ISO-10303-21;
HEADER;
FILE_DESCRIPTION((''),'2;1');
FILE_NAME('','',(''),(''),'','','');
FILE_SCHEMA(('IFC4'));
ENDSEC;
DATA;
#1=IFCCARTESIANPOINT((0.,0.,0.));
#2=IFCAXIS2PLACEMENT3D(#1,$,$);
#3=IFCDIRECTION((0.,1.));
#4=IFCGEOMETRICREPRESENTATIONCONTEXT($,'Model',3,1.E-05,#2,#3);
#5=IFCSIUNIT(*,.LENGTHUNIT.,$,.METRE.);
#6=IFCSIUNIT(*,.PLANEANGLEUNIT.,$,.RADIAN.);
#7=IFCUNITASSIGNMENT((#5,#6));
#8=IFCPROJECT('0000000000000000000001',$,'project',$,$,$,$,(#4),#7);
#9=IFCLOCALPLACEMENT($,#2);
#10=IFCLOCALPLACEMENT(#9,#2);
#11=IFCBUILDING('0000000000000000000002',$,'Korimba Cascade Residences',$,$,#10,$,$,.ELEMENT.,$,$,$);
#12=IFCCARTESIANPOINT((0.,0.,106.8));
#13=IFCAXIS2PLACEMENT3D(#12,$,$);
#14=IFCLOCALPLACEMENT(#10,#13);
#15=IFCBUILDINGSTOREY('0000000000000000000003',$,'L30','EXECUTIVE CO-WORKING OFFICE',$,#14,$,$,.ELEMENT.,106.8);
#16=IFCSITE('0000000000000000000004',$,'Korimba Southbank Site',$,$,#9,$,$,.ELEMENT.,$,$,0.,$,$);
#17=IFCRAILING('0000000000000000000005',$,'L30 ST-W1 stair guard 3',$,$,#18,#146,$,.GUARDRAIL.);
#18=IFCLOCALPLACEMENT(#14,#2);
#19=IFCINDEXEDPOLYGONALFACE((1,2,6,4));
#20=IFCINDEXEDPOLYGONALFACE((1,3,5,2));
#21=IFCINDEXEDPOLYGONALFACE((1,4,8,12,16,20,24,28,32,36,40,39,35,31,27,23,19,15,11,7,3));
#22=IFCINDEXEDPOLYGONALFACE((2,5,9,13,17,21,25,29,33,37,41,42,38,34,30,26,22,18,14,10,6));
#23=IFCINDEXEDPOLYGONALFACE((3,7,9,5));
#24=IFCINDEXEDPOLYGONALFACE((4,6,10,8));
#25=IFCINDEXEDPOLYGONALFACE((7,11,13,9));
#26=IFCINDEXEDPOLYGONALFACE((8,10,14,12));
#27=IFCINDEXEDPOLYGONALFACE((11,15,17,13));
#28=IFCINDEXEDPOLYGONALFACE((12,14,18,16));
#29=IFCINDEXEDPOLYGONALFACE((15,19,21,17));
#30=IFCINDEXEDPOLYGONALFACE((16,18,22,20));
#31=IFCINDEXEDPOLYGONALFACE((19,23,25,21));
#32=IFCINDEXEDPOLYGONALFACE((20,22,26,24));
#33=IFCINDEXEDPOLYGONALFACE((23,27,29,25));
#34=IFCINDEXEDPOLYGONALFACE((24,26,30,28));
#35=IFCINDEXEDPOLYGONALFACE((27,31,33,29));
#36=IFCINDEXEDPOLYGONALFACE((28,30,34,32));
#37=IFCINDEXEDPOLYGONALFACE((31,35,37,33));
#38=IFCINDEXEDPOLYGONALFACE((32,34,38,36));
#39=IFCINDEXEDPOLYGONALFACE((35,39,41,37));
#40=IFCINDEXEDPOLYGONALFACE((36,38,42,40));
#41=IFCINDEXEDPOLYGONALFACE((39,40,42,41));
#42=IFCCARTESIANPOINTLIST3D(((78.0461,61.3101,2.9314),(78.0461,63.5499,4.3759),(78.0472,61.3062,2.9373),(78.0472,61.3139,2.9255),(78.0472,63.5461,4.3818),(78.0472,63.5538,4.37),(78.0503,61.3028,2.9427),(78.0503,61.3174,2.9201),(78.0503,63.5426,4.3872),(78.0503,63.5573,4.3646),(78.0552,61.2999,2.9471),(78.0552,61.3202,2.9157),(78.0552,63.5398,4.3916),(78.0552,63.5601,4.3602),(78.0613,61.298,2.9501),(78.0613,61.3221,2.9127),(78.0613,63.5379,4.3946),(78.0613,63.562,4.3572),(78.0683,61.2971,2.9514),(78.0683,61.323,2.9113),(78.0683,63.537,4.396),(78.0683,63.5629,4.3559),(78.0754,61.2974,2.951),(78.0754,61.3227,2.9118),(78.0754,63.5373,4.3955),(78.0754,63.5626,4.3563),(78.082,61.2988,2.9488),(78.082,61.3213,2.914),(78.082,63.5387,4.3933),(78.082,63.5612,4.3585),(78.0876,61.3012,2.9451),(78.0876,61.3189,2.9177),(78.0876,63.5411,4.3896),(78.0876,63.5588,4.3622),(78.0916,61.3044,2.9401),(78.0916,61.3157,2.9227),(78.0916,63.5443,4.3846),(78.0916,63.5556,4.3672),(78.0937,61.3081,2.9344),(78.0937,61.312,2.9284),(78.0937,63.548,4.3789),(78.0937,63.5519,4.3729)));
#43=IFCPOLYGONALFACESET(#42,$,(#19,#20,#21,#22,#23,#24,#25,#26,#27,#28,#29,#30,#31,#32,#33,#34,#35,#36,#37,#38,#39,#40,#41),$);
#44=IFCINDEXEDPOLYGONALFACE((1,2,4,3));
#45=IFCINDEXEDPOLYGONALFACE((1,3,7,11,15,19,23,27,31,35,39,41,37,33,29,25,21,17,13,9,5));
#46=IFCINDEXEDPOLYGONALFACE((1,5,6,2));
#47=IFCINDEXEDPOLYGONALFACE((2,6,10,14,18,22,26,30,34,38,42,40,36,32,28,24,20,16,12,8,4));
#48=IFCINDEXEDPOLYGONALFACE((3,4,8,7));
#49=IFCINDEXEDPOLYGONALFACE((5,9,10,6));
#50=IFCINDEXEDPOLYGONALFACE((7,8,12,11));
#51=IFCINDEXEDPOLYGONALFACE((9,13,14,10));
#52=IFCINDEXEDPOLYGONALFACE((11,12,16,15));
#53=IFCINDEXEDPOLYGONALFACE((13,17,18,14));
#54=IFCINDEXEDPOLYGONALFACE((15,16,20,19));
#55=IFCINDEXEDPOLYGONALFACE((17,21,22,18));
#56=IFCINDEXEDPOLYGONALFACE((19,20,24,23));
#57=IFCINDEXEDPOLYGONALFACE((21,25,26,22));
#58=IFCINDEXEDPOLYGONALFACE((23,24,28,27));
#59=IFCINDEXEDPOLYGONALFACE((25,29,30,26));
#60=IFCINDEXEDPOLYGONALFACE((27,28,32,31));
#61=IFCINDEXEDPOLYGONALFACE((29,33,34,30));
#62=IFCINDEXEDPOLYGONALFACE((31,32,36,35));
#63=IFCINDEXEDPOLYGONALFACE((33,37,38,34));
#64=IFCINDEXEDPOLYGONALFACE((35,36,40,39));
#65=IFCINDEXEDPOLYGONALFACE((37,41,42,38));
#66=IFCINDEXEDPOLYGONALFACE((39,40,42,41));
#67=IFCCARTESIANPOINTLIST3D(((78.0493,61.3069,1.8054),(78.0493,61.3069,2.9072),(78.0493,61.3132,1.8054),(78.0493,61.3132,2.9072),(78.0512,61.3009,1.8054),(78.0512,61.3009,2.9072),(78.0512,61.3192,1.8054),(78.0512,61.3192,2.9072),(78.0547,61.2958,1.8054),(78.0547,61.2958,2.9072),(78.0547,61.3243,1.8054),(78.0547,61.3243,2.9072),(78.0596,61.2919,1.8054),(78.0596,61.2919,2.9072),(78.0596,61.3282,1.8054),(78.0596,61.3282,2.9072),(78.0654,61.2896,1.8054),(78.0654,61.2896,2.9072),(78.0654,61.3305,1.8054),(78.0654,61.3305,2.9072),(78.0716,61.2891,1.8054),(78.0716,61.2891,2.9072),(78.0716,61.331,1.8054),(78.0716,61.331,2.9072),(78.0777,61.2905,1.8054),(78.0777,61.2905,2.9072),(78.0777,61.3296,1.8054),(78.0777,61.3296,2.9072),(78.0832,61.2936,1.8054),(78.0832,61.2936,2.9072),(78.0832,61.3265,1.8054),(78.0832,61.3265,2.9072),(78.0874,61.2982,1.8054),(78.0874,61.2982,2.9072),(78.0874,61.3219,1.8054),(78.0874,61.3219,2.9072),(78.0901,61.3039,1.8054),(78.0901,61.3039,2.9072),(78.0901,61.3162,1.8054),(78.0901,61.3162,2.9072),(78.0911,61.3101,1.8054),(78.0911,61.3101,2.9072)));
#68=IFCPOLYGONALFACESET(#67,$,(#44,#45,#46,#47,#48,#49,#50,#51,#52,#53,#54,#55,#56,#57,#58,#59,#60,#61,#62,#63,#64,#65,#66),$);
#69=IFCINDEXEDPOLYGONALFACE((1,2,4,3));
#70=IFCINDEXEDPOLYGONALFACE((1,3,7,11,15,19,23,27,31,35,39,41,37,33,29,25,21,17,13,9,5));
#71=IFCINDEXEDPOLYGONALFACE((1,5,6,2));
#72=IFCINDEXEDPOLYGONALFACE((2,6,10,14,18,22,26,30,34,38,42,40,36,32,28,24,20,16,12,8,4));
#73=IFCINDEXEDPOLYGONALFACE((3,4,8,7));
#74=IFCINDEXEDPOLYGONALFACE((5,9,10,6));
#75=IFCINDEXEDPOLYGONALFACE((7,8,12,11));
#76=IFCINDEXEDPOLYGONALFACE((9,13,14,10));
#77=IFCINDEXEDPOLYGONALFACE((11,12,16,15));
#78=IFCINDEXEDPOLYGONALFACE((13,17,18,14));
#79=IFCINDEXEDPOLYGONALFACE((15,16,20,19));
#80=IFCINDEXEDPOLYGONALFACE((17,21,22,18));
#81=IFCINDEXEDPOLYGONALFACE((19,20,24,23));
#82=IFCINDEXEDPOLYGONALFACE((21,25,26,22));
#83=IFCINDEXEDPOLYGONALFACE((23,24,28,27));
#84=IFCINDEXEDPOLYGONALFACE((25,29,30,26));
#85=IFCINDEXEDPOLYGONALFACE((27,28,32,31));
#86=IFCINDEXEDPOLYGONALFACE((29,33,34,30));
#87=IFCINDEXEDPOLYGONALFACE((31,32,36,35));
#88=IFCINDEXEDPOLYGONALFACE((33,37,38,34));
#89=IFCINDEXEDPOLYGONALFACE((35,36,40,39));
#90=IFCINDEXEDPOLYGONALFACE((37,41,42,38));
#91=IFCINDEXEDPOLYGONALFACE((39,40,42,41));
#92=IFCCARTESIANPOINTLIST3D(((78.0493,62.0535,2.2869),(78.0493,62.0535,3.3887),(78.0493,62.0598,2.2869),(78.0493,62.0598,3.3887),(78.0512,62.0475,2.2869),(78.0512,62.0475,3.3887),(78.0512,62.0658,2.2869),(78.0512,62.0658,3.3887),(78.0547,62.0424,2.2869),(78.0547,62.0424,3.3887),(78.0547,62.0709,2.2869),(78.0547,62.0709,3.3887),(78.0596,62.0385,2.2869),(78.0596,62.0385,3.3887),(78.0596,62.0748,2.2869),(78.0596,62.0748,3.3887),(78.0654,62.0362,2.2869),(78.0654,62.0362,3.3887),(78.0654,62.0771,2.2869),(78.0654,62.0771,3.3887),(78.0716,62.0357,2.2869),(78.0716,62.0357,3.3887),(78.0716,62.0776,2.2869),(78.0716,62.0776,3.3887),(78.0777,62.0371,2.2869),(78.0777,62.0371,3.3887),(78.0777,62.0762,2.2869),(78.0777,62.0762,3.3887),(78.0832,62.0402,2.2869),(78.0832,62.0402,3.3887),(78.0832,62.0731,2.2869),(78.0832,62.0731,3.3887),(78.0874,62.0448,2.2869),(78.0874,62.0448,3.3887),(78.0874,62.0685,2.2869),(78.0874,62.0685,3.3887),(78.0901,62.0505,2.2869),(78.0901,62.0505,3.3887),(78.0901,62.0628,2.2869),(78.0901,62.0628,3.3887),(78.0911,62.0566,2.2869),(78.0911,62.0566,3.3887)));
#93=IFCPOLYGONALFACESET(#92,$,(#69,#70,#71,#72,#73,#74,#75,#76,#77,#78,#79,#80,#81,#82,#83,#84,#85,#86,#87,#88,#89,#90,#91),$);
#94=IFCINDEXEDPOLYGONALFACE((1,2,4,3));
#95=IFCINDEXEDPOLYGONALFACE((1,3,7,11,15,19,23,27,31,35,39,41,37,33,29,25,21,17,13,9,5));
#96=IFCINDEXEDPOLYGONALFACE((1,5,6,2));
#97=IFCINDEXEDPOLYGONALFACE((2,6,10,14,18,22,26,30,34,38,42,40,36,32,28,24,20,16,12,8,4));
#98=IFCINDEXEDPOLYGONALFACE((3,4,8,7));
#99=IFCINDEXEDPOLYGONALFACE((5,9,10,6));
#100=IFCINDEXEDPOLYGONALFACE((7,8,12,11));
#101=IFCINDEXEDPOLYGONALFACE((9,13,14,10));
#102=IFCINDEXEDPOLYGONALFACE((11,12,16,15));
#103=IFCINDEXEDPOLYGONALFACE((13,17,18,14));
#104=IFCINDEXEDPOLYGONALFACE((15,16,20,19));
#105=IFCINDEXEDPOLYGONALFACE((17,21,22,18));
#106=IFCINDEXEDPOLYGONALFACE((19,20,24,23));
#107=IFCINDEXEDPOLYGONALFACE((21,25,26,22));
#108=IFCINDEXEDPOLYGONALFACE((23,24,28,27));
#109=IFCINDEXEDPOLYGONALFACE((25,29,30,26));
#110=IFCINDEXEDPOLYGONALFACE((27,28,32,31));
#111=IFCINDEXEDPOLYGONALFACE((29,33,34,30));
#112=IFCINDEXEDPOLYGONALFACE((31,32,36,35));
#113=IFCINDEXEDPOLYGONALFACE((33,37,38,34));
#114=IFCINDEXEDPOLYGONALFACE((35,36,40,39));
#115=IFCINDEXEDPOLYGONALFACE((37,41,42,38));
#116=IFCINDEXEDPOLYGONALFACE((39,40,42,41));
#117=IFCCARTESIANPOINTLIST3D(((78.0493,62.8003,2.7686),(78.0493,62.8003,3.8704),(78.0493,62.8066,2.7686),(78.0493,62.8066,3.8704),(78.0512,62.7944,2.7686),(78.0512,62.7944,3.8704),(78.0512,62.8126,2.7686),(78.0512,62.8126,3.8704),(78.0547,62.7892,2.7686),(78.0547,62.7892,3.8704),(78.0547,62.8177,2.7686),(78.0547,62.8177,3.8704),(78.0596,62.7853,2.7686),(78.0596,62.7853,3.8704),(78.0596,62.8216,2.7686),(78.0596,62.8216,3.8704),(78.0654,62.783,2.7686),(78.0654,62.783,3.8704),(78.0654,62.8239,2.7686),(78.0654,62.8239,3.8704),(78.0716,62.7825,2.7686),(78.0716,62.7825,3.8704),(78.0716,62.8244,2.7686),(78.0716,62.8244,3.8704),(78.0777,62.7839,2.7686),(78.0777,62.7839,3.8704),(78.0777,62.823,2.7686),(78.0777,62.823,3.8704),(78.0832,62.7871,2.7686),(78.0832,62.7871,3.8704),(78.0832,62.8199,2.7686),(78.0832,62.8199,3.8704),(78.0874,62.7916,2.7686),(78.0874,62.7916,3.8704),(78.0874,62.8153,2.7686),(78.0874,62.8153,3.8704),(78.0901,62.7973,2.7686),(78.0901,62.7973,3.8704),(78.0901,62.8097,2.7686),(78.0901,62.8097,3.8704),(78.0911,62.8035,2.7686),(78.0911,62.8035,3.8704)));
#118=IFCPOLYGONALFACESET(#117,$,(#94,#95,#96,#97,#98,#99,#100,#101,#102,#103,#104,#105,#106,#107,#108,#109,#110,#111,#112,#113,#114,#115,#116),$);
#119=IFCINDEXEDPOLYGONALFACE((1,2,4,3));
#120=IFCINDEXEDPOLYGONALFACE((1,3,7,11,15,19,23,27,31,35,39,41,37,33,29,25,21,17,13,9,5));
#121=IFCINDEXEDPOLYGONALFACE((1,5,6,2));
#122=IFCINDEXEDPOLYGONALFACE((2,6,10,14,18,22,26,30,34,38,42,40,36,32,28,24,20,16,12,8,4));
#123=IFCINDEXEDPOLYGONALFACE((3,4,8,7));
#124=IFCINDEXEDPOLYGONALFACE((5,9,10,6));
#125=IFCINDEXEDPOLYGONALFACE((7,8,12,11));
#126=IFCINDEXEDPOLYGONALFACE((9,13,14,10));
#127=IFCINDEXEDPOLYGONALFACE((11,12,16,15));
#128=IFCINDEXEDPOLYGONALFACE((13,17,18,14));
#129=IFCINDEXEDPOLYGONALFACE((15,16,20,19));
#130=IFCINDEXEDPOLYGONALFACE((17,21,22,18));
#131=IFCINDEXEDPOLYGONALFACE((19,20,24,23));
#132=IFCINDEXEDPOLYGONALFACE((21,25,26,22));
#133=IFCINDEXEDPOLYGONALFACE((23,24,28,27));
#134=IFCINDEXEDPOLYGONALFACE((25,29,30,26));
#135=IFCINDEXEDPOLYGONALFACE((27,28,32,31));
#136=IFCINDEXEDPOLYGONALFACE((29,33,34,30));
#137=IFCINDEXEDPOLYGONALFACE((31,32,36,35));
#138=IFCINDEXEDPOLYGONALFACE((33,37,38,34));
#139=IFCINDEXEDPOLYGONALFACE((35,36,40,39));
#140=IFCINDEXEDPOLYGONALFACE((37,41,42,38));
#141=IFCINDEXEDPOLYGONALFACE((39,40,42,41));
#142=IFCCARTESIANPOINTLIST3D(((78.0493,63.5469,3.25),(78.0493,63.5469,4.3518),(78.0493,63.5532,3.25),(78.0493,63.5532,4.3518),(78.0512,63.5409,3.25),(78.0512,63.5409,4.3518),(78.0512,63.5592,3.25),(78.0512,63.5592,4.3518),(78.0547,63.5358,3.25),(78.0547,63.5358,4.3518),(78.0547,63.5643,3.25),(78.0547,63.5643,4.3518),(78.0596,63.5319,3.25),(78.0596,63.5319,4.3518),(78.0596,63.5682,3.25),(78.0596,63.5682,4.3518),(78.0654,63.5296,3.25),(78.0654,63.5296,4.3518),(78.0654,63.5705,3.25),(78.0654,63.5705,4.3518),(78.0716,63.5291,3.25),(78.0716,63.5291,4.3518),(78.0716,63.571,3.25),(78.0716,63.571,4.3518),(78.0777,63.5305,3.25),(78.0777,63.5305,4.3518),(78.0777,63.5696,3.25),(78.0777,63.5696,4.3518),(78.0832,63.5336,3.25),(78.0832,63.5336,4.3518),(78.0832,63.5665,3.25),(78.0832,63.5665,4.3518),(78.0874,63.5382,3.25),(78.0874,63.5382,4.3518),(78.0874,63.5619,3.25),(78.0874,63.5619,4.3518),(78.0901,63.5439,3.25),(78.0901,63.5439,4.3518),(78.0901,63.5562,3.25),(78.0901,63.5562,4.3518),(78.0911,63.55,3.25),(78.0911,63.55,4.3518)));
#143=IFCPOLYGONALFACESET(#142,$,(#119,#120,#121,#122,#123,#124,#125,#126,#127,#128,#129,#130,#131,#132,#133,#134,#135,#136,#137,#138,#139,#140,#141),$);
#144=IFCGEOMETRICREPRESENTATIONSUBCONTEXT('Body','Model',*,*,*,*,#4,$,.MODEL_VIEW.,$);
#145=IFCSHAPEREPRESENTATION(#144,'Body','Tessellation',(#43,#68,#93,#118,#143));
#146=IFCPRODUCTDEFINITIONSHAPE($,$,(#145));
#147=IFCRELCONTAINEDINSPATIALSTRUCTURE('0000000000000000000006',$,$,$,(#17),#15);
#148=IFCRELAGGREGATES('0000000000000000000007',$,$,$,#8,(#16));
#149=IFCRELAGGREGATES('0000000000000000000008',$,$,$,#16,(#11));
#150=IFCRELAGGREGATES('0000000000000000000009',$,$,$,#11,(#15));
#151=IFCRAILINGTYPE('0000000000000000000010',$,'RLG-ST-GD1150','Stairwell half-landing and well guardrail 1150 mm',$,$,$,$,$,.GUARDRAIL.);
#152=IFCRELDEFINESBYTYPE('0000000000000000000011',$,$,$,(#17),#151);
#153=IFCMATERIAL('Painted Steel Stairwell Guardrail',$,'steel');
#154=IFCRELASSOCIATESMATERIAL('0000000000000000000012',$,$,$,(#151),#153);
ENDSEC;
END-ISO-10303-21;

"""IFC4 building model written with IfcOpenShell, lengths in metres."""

from ifc_helpers import new_model, si_unit, direction, frame, origin, origin_2d, place, context, subcontext, project, spatial, circle, extrude, material, type_object, element, save


model = new_model("IFC4")

# Units and contexts
model_context = context("Model", 3, precision=1e-05, world=origin(), true_north=direction((0.0, 1.0)))
body_context = subcontext(model_context, "Body", "Model", "MODEL_VIEW")
ifc_project = project(units=[si_unit("LENGTHUNIT", "METRE"), si_unit("PLANEANGLEUNIT", "RADIAN")], contexts=[model_context])

# Site, building, storey
site_placement = place(None, origin())
site = spatial("IfcSite", under=ifc_project, at=site_placement, Name="Korimba Southbank Site", CompositionType="ELEMENT", RefElevation=0.0)
building_placement = place(site_placement, origin())
building = spatial("IfcBuilding", under=site, at=building_placement, Name="Korimba Cascade Residences", CompositionType="ELEMENT")
storey_placement = place(building_placement, frame((0.0, 0.0, 106.8)))
storey = spatial("IfcBuildingStorey", under=building, at=storey_placement, Name="L30", Description="EXECUTIVE CO-WORKING OFFICE", CompositionType="ELEMENT", Elevation=106.8)

# Railing
ifc_material_1 = material(Name="Painted Steel Stairwell Guardrail", Category="steel")
railing_type_1 = type_object("IfcRailingType", Name="RLG-ST-GD1150", Description="Stairwell half-landing and well guardrail 1150 mm", PredefinedType="GUARDRAIL", material=ifc_material_1)
railing_1_placement = place(storey_placement, frame((78.0701, 61.3101, 1.8054)))
element("IfcRailing", 1, at=railing_1_placement, inside=storey, type_object=railing_type_1, Name="L30 ST-W1 stair guard 3", PredefinedType="GUARDRAIL", context=body_context, shape_type="SweptSolid", body=[
    extrude(circle(Radius=0.0239, at=origin_2d()), frame((0.0, 0.0, 1.126), z_axis=(0.0, 0.840395, 0.541975), x_axis=(-1.0, 0.0, 0.0)), (0.0, 0.0, 1.0), 2.6653),
    extrude(circle(Radius=0.021, at=origin_2d()), origin(), (0.0, 0.0, 1.0), 1.1018),
    extrude(circle(Radius=0.021, at=origin_2d()), frame((0.0, 0.7466, 0.4814)), (0.0, 0.0, 1.0), 1.1018),
    extrude(circle(Radius=0.021, at=origin_2d()), frame((0.0, 1.4934, 0.9631)), (0.0, 0.0, 1.0), 1.1018),
    extrude(circle(Radius=0.021, at=origin_2d()), frame((0.0, 2.24, 1.4446)), (0.0, 0.0, 1.0), 1.1018),
])

save(model, "model.ifc")
